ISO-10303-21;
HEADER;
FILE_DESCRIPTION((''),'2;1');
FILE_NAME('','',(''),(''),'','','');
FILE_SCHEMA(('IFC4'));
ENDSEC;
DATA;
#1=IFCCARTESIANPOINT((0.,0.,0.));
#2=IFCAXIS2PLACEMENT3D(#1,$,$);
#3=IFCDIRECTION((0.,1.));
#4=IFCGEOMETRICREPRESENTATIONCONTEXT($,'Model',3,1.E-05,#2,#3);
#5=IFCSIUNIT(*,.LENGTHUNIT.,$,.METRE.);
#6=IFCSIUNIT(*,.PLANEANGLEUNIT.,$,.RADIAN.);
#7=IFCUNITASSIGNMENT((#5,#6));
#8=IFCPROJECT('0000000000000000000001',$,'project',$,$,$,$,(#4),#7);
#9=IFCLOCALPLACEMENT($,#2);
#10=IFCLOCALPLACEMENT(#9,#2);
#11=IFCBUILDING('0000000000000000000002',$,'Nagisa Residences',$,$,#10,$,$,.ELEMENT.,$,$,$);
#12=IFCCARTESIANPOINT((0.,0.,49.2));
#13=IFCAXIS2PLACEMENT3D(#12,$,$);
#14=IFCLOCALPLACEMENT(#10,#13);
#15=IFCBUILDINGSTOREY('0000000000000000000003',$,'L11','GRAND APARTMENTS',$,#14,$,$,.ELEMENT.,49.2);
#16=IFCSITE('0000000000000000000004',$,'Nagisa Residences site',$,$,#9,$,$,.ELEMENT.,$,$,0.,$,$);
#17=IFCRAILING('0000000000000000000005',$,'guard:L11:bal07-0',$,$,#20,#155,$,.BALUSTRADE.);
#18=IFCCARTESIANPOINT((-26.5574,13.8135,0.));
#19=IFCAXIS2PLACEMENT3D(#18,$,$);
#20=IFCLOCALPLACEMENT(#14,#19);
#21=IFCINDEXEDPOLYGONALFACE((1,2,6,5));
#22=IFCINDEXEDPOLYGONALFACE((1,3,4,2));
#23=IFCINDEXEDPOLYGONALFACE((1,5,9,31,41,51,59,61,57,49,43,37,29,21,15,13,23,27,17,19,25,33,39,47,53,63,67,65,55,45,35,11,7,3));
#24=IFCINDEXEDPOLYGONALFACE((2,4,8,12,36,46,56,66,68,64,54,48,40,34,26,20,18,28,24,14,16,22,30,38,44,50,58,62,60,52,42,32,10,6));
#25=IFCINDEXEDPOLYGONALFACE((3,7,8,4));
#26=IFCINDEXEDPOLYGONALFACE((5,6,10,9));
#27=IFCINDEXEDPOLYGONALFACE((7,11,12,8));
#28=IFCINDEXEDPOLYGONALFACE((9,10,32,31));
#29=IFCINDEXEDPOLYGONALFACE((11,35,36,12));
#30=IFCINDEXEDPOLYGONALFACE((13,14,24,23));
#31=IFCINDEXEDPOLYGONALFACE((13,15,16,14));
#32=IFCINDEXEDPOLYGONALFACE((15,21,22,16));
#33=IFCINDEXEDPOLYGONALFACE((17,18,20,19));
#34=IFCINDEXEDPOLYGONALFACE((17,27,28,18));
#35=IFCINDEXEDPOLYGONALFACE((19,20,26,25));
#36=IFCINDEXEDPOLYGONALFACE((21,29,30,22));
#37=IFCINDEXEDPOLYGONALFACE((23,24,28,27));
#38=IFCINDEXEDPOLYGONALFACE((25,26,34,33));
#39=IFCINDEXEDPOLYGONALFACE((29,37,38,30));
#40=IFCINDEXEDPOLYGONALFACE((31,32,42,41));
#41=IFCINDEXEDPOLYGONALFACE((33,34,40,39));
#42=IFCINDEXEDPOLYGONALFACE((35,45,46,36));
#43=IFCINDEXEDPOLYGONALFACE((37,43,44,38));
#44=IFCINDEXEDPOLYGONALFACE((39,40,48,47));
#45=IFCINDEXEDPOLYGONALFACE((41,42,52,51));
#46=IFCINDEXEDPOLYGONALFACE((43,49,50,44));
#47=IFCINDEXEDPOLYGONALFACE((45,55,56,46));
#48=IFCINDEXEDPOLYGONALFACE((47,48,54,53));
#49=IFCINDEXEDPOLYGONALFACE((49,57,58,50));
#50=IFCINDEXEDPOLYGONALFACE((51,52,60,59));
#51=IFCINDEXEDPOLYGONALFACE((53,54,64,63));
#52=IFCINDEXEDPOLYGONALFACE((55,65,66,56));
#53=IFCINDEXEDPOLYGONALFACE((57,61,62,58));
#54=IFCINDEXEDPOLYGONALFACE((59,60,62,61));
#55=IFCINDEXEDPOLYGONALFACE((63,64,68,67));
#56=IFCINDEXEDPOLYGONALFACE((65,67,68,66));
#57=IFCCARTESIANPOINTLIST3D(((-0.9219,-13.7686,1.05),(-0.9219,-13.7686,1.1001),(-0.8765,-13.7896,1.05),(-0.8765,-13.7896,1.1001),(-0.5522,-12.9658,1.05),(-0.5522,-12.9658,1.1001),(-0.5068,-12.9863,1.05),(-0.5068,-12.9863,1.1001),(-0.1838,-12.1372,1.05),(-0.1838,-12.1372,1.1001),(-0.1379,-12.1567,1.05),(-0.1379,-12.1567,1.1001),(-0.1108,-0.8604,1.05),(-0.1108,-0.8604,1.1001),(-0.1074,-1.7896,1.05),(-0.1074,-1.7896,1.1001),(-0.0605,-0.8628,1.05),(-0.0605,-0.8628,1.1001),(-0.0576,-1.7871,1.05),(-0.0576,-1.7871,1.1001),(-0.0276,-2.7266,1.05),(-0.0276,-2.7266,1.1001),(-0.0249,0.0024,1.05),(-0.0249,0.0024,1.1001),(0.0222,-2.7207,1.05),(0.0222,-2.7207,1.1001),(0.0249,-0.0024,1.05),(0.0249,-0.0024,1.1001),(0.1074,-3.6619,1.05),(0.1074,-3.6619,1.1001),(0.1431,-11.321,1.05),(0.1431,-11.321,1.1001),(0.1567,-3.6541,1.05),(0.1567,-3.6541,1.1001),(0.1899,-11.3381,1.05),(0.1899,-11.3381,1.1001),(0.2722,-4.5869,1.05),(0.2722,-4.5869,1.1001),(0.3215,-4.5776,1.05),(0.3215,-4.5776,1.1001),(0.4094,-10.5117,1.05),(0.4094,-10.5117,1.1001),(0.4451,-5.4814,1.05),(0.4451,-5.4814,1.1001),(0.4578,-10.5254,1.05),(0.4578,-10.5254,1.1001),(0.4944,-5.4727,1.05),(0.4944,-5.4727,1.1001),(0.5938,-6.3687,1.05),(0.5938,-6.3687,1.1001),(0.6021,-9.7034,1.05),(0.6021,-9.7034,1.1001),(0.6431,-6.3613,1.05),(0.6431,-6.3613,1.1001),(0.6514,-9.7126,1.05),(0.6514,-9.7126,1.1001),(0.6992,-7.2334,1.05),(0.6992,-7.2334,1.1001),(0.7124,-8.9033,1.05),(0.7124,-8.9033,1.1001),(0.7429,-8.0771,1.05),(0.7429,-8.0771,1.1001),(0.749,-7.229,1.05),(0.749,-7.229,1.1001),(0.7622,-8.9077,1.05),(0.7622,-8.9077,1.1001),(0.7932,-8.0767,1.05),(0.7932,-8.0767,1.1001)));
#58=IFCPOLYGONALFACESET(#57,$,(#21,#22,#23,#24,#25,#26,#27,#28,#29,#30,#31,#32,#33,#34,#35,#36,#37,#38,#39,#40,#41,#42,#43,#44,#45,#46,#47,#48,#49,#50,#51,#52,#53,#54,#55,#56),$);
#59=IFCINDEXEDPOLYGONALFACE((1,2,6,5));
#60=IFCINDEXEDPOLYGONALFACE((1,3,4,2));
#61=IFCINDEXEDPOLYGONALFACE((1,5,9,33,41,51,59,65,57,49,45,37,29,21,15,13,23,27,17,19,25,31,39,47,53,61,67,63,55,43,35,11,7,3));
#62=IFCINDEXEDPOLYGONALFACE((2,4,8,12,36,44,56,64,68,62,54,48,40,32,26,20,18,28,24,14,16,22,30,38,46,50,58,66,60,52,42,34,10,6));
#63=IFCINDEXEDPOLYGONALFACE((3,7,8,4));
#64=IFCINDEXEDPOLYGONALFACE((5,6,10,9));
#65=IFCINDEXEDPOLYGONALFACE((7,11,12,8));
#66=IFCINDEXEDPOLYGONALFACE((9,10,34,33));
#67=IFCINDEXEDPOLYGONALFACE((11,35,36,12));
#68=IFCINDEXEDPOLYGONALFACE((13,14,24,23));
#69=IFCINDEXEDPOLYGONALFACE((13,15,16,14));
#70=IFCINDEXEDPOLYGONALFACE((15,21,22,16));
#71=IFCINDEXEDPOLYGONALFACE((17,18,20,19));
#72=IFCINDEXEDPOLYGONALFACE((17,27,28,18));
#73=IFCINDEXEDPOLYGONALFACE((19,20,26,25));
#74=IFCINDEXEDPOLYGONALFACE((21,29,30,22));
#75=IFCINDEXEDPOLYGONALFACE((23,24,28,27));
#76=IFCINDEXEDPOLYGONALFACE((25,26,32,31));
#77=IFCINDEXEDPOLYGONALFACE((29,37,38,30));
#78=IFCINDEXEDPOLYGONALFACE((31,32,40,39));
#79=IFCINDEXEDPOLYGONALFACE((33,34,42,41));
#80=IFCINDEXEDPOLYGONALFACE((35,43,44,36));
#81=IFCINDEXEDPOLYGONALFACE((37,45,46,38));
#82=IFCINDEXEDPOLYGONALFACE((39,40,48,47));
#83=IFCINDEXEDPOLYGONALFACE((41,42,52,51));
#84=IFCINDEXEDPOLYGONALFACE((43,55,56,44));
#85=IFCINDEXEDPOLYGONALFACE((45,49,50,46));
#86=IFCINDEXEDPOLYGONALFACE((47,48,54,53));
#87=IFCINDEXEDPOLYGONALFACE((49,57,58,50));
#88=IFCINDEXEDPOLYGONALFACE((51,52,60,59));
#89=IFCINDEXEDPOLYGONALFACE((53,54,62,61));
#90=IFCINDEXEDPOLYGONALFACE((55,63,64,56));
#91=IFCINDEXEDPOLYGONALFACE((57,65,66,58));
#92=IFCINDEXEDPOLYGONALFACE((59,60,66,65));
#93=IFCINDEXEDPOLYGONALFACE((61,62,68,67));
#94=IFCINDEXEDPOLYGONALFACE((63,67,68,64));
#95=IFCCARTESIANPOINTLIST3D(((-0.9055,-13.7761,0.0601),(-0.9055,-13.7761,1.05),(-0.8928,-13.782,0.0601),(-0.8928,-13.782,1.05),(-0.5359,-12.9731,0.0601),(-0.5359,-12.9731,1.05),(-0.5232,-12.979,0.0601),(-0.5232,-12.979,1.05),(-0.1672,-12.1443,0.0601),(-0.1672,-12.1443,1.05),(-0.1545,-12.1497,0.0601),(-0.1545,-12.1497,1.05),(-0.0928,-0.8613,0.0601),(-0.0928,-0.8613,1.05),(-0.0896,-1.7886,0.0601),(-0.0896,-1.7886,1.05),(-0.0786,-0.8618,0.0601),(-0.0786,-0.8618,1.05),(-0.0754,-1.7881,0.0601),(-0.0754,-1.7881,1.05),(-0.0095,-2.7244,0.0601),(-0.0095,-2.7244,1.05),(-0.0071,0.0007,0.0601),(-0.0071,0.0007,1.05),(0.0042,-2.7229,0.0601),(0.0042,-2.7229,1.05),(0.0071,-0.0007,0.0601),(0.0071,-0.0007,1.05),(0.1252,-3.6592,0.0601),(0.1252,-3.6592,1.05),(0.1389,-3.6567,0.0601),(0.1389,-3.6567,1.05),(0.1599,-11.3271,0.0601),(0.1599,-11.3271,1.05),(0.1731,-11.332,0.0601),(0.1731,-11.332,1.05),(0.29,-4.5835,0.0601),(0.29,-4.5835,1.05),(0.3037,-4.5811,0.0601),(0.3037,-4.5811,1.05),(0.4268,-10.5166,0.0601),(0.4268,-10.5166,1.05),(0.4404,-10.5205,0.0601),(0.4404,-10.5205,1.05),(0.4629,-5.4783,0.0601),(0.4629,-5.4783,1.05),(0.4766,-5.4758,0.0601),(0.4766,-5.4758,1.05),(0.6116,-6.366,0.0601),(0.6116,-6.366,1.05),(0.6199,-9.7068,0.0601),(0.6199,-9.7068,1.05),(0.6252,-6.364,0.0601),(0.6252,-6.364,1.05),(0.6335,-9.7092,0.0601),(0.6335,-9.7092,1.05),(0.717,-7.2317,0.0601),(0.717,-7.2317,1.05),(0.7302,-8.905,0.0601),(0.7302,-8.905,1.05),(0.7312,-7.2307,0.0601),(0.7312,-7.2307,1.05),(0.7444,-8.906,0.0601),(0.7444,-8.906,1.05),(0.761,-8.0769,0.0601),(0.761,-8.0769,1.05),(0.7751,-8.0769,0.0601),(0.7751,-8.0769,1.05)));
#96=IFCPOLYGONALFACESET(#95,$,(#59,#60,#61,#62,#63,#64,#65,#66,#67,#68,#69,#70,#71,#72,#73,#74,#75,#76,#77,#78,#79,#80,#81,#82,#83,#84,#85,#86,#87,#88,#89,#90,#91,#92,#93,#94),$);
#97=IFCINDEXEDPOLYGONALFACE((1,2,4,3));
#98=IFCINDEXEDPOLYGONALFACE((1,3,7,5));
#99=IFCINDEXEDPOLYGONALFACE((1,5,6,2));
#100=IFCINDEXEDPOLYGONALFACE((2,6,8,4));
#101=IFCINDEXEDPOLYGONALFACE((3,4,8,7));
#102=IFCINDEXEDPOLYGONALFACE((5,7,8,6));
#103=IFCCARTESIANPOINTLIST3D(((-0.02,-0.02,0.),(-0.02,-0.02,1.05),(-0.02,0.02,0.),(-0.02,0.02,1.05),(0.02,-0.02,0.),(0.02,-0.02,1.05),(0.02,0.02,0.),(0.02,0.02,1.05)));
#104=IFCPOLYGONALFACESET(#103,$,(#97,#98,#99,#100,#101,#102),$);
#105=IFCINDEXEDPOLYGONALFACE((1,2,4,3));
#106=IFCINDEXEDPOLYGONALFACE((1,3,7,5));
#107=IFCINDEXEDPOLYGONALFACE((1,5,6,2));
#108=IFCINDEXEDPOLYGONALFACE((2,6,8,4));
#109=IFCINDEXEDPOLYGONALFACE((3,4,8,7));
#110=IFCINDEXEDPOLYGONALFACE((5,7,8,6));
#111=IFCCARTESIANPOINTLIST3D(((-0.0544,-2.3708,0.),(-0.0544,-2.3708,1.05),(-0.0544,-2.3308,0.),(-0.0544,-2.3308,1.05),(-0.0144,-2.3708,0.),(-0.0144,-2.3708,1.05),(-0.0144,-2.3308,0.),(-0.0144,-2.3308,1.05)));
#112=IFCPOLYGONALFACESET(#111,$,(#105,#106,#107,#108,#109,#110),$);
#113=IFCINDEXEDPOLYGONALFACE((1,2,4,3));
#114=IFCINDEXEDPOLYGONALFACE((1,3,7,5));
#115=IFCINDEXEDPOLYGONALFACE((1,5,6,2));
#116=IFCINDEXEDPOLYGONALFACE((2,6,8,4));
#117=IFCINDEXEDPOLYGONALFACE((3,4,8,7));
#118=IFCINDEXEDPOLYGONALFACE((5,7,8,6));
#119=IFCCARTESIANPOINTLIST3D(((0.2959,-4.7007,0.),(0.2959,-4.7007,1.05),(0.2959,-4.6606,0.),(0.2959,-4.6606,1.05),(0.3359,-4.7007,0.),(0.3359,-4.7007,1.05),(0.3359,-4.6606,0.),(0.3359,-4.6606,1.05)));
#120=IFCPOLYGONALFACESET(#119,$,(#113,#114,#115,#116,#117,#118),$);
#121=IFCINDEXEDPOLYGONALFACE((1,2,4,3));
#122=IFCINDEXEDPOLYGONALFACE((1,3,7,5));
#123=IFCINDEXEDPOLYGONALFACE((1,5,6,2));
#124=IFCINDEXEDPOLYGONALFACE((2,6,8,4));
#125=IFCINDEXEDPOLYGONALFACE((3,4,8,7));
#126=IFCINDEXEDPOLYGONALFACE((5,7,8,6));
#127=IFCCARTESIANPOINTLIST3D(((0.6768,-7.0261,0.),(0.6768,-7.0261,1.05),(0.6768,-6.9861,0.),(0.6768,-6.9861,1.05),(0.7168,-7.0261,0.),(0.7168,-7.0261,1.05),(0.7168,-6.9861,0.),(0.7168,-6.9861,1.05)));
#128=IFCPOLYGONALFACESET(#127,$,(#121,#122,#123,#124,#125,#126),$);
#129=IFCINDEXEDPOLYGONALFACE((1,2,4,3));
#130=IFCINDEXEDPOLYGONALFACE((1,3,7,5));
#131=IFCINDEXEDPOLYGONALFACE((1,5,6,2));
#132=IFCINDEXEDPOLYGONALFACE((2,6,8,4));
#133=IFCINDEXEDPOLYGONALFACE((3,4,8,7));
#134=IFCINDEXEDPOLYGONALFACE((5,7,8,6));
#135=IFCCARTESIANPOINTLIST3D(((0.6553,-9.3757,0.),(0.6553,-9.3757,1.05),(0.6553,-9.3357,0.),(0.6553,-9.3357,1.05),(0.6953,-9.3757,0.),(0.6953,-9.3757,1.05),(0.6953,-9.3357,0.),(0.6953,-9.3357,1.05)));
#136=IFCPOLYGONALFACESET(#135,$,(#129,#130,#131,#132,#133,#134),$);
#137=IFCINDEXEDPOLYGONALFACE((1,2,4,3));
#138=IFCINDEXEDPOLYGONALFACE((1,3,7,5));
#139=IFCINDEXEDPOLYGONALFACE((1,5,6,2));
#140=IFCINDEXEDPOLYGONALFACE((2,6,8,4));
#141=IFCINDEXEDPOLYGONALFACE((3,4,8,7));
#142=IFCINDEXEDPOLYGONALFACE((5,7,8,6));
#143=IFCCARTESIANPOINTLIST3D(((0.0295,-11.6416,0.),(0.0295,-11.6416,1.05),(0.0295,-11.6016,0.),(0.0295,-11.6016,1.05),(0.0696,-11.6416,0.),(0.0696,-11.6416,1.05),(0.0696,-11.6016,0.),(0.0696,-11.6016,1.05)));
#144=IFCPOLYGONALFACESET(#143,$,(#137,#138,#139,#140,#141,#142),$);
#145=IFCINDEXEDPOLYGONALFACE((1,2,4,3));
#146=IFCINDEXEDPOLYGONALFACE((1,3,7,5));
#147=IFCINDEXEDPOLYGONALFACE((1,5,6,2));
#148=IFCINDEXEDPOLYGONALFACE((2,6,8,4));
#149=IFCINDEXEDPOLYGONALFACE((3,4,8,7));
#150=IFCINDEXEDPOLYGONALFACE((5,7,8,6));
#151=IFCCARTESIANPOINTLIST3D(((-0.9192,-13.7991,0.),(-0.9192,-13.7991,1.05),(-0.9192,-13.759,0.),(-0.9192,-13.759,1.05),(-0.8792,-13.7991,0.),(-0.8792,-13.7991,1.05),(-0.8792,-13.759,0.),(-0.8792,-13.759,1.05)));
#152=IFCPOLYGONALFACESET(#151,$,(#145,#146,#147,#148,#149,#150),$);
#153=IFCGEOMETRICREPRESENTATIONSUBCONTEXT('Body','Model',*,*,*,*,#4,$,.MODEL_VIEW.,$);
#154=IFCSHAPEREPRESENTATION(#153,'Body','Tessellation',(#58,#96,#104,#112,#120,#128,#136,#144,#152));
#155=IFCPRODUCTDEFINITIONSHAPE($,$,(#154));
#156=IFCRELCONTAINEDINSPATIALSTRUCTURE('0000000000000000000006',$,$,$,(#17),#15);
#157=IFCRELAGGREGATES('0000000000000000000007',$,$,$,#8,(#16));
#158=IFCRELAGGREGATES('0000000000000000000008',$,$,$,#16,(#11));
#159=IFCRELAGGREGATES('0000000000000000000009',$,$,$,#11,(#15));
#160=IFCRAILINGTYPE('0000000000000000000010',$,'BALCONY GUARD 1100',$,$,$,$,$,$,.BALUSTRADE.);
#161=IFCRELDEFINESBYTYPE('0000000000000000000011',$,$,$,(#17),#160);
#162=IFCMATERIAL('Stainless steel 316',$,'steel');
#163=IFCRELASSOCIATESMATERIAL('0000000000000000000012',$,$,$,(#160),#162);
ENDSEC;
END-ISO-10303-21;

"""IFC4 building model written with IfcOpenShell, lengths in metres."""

from ifc_helpers import new_model, si_unit, direction, frame, origin, origin_2d, place, context, subcontext, project, spatial, polyline, rectangle, outline, extrude, material, type_object, element, save


model = new_model("IFC4")

# Units and contexts
model_context = context("Model", 3, precision=1e-05, world=origin(), true_north=direction((0.0, 1.0)))
body_context = subcontext(model_context, "Body", "Model", "MODEL_VIEW")
ifc_project = project(units=[si_unit("LENGTHUNIT", "METRE"), si_unit("PLANEANGLEUNIT", "RADIAN")], contexts=[model_context])

# Site, building, storey
site_placement = place(None, origin())
site = spatial("IfcSite", under=ifc_project, at=site_placement, Name="Nagisa Residences site", CompositionType="ELEMENT", RefElevation=0.0)
building_placement = place(site_placement, origin())
building = spatial("IfcBuilding", under=site, at=building_placement, Name="Nagisa Residences", CompositionType="ELEMENT")
storey_placement = place(building_placement, frame((0.0, 0.0, 49.2)))
storey = spatial("IfcBuildingStorey", under=building, at=storey_placement, Name="L11", Description="GRAND APARTMENTS", CompositionType="ELEMENT", Elevation=49.2)

# Railing
ifc_material_1 = material(Name="Stainless steel 316", Category="steel")
railing_type = type_object("IfcRailingType", Name="BALCONY GUARD 1100", PredefinedType="BALUSTRADE", material=ifc_material_1)
railing_1_placement = place(storey_placement, frame((-26.5574, 13.8135, 0.0)))
element("IfcRailing", 1, at=railing_1_placement, inside=storey, type_object=railing_type, Name="guard:L11:bal07-0", PredefinedType="BALUSTRADE", context=body_context, shape_type="SweptSolid", body=[
    extrude(outline(polyline([(-0.0605, -0.8628), (0.0249, -0.0024), (-0.0249, 0.0024), (-0.1108, -0.8604), (-0.1074, -1.7896), (-0.0276, -2.7266), (0.1074, -3.6619), (0.2722, -4.5869), (0.4451, -5.4814), (0.5938, -6.3687), (0.6992, -7.2334), (0.7429, -8.0771), (0.7124, -8.9033), (0.6021, -9.7034), (0.4094, -10.5117), (0.1431, -11.321), (-0.1838, -12.1372), (-0.5522, -12.9658), (-0.9219, -13.7686), (-0.8765, -13.7896), (-0.5068, -12.9863), (-0.1379, -12.1567), (0.1899, -11.3381), (0.4578, -10.5254), (0.6514, -9.7126), (0.7622, -8.9077), (0.7932, -8.0767), (0.749, -7.229), (0.6431, -6.3613), (0.4944, -5.4727), (0.3215, -4.5776), (0.1567, -3.6541), (0.0222, -2.7207), (-0.0576, -1.7871), (-0.0605, -0.8628)])), frame((0.0, 0.0, 1.05)), (0.0, 0.0, 1.0), 0.05),
    extrude(outline(polyline([(-0.0786, -0.8618), (0.0071, -0.0007), (-0.0071, 0.0007), (-0.0928, -0.8613), (-0.0896, -1.7886), (-0.0095, -2.7244), (0.1252, -3.6592), (0.29, -4.5835), (0.4629, -5.4783), (0.6116, -6.366), (0.717, -7.2317), (0.761, -8.0769), (0.7302, -8.905), (0.6199, -9.7068), (0.4268, -10.5166), (0.1599, -11.3271), (-0.1672, -12.1443), (-0.5359, -12.9731), (-0.9055, -13.7761), (-0.8928, -13.782), (-0.5232, -12.979), (-0.1545, -12.1497), (0.1731, -11.332), (0.4404, -10.5205), (0.6335, -9.7092), (0.7444, -8.906), (0.7751, -8.0769), (0.7312, -7.2307), (0.6252, -6.364), (0.4766, -5.4758), (0.3037, -4.5811), (0.1389, -3.6567), (0.0042, -2.7229), (-0.0754, -1.7881), (-0.0786, -0.8618)])), frame((0.0, 0.0, 0.0601)), (0.0, 0.0, 1.0), 0.99),
    extrude(rectangle(XDim=0.04, YDim=0.04, at=origin_2d()), origin(), (0.0, 0.0, 1.0), 1.05),
    extrude(rectangle(XDim=0.04, YDim=0.04, at=origin_2d()), frame((-0.0344, -2.3508, 0.0)), (0.0, 0.0, 1.0), 1.05),
    extrude(rectangle(XDim=0.04, YDim=0.04, at=origin_2d()), frame((0.3159, -4.6807, 0.0)), (0.0, 0.0, 1.0), 1.05),
    extrude(rectangle(XDim=0.04, YDim=0.04, at=origin_2d()), frame((0.6968, -7.0061, 0.0)), (0.0, 0.0, 1.0), 1.05),
    extrude(rectangle(XDim=0.04, YDim=0.04, at=origin_2d()), frame((0.6753, -9.3557, 0.0)), (0.0, 0.0, 1.0), 1.05),
    extrude(rectangle(XDim=0.04, YDim=0.04, at=origin_2d()), frame((0.0496, -11.6216, 0.0)), (0.0, 0.0, 1.0), 1.05),
    extrude(rectangle(XDim=0.04, YDim=0.04, at=origin_2d()), frame((-0.8992, -13.7791, 0.0)), (0.0, 0.0, 1.0), 1.05),
])

save(model, "model.ifc")
